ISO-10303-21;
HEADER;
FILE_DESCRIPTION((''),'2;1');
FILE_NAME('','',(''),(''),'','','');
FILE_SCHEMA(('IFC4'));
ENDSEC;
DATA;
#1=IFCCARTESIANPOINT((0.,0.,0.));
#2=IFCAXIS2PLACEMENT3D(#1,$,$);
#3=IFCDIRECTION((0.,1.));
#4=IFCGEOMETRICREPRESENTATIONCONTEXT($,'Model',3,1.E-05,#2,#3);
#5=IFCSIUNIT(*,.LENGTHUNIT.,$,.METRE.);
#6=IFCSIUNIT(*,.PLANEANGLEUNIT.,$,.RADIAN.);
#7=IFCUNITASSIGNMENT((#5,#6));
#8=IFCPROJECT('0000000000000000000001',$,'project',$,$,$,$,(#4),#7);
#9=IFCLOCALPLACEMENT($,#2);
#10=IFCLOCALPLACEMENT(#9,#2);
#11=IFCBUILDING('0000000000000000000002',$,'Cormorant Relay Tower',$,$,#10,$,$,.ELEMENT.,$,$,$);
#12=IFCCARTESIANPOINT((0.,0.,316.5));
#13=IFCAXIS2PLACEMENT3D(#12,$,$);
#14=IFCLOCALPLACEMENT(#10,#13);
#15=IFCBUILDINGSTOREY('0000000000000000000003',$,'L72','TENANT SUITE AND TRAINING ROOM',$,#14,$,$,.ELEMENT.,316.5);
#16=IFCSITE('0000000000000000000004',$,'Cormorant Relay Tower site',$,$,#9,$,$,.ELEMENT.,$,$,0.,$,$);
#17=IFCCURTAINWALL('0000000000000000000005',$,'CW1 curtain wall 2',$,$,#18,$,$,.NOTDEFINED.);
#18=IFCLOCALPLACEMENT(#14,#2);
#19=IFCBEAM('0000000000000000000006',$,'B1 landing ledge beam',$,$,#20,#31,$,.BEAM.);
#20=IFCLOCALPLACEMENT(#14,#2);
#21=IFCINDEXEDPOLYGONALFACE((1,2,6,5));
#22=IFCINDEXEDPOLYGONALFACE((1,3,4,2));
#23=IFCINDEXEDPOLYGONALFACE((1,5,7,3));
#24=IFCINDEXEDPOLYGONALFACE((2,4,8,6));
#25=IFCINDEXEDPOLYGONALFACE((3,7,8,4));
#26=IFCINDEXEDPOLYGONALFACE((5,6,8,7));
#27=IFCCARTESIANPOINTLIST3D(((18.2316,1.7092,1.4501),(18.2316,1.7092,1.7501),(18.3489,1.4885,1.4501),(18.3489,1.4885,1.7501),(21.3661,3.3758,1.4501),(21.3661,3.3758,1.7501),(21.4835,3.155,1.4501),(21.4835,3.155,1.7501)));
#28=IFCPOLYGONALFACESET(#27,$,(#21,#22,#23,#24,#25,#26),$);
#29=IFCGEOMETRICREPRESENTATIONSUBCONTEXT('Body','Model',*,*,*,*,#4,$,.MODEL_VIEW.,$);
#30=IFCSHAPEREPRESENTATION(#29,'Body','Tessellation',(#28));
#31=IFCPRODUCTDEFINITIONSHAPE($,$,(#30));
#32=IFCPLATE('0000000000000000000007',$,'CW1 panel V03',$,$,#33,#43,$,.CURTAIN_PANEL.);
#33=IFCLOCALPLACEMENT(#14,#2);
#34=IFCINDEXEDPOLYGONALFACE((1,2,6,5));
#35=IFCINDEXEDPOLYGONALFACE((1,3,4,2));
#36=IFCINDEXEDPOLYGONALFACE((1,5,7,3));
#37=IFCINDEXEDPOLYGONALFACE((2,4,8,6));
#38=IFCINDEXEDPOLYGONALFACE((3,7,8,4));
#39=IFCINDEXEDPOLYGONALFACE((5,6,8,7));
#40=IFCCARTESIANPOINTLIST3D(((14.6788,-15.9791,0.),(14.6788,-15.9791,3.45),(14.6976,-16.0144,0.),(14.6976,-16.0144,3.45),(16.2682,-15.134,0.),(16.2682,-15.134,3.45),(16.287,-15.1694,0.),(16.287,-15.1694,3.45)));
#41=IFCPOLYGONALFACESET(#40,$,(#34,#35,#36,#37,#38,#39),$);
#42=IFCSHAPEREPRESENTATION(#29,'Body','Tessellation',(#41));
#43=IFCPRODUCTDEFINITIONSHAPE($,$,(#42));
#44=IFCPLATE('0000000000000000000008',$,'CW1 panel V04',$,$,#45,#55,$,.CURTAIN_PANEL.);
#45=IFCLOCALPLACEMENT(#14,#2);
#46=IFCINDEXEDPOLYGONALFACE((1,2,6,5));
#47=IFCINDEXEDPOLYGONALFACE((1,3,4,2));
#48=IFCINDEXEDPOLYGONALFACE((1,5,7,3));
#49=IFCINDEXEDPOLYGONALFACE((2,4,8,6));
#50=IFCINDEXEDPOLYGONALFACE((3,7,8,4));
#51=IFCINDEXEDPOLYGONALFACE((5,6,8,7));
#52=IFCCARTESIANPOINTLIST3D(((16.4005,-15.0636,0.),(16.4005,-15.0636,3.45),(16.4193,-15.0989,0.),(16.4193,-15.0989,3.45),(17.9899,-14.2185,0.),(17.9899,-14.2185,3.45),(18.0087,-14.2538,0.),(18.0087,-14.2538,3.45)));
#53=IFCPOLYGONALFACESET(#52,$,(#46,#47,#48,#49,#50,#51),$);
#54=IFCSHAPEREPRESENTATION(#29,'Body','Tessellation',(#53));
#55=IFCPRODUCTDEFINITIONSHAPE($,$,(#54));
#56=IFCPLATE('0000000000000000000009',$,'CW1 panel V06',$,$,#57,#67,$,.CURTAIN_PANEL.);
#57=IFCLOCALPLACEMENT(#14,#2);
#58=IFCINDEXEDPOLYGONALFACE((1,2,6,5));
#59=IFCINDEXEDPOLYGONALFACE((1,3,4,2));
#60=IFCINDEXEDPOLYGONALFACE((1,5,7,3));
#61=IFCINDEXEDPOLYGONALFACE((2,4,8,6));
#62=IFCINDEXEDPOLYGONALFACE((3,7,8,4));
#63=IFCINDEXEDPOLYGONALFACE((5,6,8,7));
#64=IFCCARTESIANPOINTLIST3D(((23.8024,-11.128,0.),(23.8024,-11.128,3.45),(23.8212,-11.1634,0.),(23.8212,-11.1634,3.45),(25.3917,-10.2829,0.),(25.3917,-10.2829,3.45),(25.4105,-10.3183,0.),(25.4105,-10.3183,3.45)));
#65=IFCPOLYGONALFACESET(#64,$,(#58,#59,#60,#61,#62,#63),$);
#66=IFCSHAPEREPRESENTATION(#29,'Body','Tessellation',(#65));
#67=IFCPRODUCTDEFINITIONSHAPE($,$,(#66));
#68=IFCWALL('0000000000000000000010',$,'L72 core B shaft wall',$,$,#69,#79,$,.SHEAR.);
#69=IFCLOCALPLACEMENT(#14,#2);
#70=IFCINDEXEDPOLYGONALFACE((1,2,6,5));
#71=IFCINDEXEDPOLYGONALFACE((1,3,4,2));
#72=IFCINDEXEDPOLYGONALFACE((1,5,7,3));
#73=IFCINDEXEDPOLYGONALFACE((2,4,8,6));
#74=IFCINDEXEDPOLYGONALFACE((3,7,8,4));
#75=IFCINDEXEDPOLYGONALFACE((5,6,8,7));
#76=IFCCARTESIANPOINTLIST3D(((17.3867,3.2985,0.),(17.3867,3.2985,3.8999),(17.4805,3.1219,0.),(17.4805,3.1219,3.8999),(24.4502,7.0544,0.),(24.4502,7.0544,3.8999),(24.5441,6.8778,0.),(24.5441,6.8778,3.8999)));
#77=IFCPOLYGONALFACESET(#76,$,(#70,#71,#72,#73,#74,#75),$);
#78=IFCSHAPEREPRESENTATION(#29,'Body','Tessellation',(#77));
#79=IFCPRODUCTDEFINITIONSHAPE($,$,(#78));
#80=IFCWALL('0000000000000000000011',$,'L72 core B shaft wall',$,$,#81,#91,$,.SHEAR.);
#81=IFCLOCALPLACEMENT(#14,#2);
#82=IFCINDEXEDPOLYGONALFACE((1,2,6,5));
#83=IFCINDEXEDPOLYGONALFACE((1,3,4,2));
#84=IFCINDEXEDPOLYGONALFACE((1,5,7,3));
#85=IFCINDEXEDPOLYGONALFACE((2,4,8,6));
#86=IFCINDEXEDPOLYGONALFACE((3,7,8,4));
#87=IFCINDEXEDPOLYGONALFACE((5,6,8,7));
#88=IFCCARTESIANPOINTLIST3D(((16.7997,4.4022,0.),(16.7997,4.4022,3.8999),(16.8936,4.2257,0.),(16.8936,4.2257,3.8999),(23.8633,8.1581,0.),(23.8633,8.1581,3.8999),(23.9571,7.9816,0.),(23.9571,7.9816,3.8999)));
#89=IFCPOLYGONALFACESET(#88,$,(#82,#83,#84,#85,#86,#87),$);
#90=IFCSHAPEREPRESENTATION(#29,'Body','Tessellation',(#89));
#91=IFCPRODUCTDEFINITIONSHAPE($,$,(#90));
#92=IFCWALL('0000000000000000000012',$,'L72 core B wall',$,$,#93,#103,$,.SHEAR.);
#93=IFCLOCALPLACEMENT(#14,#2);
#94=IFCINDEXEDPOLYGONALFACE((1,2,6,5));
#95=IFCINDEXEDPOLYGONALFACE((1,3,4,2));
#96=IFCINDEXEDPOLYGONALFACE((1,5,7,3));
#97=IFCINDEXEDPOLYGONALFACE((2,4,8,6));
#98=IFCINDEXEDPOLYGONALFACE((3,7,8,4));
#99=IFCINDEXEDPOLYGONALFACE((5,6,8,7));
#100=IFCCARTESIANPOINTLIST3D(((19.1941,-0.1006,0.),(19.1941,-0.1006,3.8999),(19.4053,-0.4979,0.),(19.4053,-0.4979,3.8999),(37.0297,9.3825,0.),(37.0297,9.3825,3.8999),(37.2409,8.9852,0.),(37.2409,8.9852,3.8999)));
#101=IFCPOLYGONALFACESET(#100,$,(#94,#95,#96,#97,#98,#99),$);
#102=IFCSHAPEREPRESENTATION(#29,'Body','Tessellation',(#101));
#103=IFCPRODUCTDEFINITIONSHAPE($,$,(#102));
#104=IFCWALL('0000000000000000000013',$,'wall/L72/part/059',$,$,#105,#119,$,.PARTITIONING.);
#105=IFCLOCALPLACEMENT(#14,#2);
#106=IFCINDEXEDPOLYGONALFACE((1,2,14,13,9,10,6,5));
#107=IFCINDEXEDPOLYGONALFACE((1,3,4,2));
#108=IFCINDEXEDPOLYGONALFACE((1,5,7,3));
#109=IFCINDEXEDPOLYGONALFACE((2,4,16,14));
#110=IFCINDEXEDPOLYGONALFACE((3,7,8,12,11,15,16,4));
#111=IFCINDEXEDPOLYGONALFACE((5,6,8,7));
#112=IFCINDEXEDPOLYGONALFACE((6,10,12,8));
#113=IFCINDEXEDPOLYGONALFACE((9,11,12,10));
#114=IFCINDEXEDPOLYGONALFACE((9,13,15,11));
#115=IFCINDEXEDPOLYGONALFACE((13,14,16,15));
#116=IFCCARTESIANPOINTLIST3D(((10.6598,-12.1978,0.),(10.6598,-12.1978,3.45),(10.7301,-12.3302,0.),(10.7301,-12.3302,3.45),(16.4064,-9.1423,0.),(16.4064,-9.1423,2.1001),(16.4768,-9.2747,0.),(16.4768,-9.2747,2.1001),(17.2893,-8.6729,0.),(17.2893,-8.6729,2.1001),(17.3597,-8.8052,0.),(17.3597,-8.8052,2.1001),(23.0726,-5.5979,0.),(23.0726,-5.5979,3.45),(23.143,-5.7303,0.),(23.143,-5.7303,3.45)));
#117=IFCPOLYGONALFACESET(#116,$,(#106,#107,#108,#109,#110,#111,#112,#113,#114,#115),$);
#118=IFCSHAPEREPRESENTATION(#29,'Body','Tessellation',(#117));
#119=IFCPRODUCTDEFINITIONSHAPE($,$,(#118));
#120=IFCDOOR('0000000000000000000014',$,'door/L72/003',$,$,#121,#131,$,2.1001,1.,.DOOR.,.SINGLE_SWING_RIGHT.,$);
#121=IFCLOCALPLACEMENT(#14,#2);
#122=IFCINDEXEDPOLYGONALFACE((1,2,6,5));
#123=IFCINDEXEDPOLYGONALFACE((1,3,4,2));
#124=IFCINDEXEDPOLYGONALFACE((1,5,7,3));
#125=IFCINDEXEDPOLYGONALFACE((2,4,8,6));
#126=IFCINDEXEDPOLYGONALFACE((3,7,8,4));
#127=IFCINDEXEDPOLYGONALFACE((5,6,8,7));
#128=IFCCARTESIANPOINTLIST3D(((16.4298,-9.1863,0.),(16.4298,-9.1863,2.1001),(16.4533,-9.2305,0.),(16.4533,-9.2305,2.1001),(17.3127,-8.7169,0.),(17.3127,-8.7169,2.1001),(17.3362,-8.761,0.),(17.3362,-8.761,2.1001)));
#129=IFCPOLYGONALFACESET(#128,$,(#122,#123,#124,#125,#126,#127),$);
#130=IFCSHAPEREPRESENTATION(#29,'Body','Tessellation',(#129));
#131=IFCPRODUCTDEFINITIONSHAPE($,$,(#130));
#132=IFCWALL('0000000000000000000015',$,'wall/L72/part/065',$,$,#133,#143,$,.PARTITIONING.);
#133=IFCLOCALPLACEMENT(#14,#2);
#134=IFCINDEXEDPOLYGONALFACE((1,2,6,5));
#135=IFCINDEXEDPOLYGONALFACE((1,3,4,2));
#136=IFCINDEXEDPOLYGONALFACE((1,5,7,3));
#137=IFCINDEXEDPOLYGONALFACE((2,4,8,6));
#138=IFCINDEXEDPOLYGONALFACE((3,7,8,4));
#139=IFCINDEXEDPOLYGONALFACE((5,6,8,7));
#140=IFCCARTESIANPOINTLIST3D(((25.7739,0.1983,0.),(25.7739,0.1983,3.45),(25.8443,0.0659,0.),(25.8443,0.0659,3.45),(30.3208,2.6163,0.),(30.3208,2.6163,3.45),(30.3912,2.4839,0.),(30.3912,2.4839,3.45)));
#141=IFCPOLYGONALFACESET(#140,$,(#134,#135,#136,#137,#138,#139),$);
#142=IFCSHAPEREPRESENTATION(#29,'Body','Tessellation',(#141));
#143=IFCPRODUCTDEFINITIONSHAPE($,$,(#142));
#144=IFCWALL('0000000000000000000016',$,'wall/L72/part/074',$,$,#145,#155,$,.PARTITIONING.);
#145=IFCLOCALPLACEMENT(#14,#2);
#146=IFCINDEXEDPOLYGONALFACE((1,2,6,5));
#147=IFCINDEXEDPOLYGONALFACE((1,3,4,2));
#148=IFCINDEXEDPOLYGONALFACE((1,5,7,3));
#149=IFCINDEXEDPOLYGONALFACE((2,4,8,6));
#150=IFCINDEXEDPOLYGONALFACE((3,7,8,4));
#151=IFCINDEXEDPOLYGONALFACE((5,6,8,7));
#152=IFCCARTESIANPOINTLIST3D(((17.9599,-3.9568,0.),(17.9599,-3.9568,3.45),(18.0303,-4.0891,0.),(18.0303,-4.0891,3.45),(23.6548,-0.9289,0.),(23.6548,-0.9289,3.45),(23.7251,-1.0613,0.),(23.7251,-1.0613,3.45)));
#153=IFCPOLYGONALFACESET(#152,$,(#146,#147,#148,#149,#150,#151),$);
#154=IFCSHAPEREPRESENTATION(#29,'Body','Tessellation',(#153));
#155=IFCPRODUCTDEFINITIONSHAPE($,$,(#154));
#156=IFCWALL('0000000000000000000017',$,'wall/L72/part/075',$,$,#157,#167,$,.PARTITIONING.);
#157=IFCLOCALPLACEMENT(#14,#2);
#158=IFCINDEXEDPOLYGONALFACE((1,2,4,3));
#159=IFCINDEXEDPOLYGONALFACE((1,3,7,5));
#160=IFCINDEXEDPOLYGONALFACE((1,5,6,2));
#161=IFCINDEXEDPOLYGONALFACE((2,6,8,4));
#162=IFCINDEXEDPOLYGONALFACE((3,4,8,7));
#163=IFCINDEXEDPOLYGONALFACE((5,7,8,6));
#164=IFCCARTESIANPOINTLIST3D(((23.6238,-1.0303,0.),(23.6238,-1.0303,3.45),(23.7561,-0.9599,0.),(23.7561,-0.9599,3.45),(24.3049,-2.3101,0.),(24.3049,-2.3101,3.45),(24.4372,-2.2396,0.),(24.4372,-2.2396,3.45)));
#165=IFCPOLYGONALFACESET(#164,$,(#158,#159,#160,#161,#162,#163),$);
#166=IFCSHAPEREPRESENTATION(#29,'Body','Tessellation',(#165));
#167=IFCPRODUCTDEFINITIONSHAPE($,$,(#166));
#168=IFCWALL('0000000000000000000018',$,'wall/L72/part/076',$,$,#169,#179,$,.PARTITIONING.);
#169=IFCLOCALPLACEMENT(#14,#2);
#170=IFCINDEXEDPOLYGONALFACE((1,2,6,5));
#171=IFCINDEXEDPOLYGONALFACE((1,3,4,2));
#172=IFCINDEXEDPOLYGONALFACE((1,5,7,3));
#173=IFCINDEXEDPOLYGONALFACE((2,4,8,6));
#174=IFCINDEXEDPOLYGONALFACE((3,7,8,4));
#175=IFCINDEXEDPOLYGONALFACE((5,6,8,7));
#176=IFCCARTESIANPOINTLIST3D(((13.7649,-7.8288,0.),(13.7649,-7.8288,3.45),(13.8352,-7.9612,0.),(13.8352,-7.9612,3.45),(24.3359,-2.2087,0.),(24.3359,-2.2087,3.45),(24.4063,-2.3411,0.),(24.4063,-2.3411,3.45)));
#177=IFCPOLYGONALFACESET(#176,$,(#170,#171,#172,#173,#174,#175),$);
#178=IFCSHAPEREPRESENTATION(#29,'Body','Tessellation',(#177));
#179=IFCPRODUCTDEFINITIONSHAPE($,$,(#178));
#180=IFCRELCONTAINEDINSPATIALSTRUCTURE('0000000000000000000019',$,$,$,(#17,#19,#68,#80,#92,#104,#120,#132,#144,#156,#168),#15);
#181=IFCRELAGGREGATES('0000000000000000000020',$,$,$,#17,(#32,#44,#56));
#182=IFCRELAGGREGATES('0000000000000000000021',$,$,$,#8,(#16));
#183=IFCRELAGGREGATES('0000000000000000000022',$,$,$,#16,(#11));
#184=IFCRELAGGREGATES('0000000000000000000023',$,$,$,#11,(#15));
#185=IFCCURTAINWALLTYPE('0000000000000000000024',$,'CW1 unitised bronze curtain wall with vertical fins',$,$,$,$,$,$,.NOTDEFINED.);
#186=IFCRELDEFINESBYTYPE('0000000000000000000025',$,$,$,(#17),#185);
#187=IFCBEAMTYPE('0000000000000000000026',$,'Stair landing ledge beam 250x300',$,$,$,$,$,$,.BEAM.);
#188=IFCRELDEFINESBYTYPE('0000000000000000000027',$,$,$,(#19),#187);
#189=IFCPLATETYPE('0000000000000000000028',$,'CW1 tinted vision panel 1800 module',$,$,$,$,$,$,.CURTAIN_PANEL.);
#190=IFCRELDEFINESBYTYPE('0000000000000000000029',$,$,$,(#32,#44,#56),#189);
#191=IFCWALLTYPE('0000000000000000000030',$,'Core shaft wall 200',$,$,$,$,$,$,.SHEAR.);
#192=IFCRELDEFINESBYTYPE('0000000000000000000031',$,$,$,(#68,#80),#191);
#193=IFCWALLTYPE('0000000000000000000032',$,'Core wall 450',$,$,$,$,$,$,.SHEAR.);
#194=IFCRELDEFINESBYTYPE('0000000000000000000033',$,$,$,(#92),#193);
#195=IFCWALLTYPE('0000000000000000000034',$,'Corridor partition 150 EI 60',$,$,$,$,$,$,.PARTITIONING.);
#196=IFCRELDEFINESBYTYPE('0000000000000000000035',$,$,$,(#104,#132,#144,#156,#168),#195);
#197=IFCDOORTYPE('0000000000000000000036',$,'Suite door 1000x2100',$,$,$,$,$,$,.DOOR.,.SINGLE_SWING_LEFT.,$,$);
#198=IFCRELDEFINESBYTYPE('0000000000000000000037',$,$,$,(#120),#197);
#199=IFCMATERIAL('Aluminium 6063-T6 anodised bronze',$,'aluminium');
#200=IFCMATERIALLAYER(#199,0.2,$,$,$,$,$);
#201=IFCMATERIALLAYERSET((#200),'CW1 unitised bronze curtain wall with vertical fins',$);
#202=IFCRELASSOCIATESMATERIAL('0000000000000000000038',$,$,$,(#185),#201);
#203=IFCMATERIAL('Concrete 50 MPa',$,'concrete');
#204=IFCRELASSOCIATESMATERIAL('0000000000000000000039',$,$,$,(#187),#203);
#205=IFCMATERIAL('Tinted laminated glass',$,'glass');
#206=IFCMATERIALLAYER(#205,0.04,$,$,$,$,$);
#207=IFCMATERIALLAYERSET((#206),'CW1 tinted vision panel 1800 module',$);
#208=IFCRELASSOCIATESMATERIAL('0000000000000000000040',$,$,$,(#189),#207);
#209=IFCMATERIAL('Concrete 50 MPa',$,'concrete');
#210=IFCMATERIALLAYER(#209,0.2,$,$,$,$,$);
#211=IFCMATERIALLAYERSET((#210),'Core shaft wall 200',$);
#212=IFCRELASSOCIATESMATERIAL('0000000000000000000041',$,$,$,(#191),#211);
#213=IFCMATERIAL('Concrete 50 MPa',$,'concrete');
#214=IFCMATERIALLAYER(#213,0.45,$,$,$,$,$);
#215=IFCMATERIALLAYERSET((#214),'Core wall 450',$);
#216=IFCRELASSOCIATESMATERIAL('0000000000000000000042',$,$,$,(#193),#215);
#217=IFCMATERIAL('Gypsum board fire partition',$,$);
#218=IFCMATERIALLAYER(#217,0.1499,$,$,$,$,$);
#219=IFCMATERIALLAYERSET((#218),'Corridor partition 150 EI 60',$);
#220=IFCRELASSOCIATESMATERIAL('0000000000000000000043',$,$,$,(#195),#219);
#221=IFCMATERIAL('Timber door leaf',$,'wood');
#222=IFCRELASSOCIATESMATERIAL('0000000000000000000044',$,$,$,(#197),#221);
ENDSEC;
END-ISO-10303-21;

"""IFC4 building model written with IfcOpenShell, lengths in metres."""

from ifc_helpers import new_model, si_unit, direction, frame, frame_2d, origin, origin_2d, place, context, subcontext, project, spatial, rectangle, extrude, material, layer, layer_set, material_profile, profile_set, type_object, element, fill, aggregate, save


model = new_model("IFC4")

# Units and contexts
model_context = context("Model", 3, precision=1e-05, world=origin(), true_north=direction((0.0, 1.0)))
body_context = subcontext(model_context, "Body", "Model", "MODEL_VIEW")
ifc_project = project(units=[si_unit("LENGTHUNIT", "METRE"), si_unit("PLANEANGLEUNIT", "RADIAN")], contexts=[model_context])

# Site, building, storey
site_placement = place(None, origin())
site = spatial("IfcSite", under=ifc_project, at=site_placement, Name="Cormorant Relay Tower site", CompositionType="ELEMENT", RefElevation=0.0)
building_placement = place(site_placement, origin())
building = spatial("IfcBuilding", under=site, at=building_placement, Name="Cormorant Relay Tower", CompositionType="ELEMENT")
storey_placement = place(building_placement, frame((0.0, 0.0, 316.5)))
storey = spatial("IfcBuildingStorey", under=building, at=storey_placement, Name="L72", Description="TENANT SUITE AND TRAINING ROOM", CompositionType="ELEMENT", Elevation=316.5)

# Curtain wall
ifc_material_1 = material(Name="Aluminium 6063-T6 anodised bronze", Category="aluminium")
ifc_layer_1 = layer(ifc_material_1, 0.2)
ifc_layer_set_1 = layer_set([ifc_layer_1], Name="CW1 unitised bronze curtain wall with vertical fins")
curtain_wall_type = type_object("IfcCurtainWallType", Name="CW1 unitised bronze curtain wall with vertical fins", PredefinedType="NOTDEFINED", material=ifc_layer_set_1)
curtain_wall_placement = place(storey_placement, origin())
curtain_wall = element("IfcCurtainWall", 1, at=curtain_wall_placement, inside=storey, type_object=curtain_wall_type, Name="CW1 curtain wall 2", PredefinedType="NOTDEFINED")

# Beam
ifc_material_2 = material(Name="Concrete 50 MPa", Category="concrete")
ifc_material_profile_1 = material_profile(ifc_material_2, rectangle(XDim=0.25, YDim=0.3, at=origin_2d()), Name="RC 250x300")
ifc_profile_set_1 = profile_set([ifc_material_profile_1], Name="Concrete 50 MPa")
beam_type_1 = type_object("IfcBeamType", Name="Stair landing ledge beam 250x300", PredefinedType="BEAM", material=ifc_profile_set_1)
beam_1_placement = place(storey_placement, frame((21.4248, 3.2654, 1.6001), z_axis=(-0.882965, -0.469438, 0.0), x_axis=(0.469438, -0.882965, 0.0)))
element("IfcBeam", 2, at=beam_1_placement, inside=storey, type_object=beam_type_1, Name="B1 landing ledge beam", PredefinedType="BEAM", context=body_context, shape_type="SweptSolid", body=[
    extrude(rectangle(XDim=0.25, YDim=0.3, at=origin_2d()), origin(), (0.0, 0.0, 1.0), 3.55),
])

# Plates
ifc_material_3 = material(Name="Tinted laminated glass", Category="glass")
ifc_layer_2 = layer(ifc_material_3, 0.04)
ifc_layer_set_2 = layer_set([ifc_layer_2], Name="CW1 tinted vision panel 1800 module")
plate_type = type_object("IfcPlateType", Name="CW1 tinted vision panel 1800 module", PredefinedType="CURTAIN_PANEL", material=ifc_layer_set_2)
plate_1_placement = place(storey_placement, frame((15.4829, -15.5742, 0.0), z_axis=(0.0, 0.0, 1.0), x_axis=(0.882948, 0.469472, 0.0)))
plate_1 = element("IfcPlate", 3, at=plate_1_placement, type_object=plate_type, Name="CW1 panel V03", PredefinedType="CURTAIN_PANEL", context=body_context, shape_type="SweptSolid", body=[
    extrude(rectangle(XDim=1.8, YDim=0.04, at=origin_2d()), origin(), (0.0, 0.0, 1.0), 3.45),
])
plate_2_placement = place(storey_placement, frame((17.2046, -14.6587, 0.0), z_axis=(0.0, 0.0, 1.0), x_axis=(0.882948, 0.469472, 0.0)))
plate_2 = element("IfcPlate", 4, at=plate_2_placement, type_object=plate_type, Name="CW1 panel V04", PredefinedType="CURTAIN_PANEL", context=body_context, shape_type="SweptSolid", body=[
    extrude(rectangle(XDim=1.8, YDim=0.04, at=origin_2d()), origin(), (0.0, 0.0, 1.0), 3.45),
])
plate_3_placement = place(storey_placement, frame((24.6064, -10.7231, 0.0), z_axis=(0.0, 0.0, 1.0), x_axis=(0.882948, 0.469472, 0.0)))
plate_3 = element("IfcPlate", 5, at=plate_3_placement, type_object=plate_type, Name="CW1 panel V06", PredefinedType="CURTAIN_PANEL", context=body_context, shape_type="SweptSolid", body=[
    extrude(rectangle(XDim=1.8, YDim=0.04, at=origin_2d()), origin(), (0.0, 0.0, 1.0), 3.45),
])

# Walls
ifc_material_4 = material(Name="Concrete 50 MPa", Category="concrete")
ifc_layer_3 = layer(ifc_material_4, 0.2)
ifc_layer_set_3 = layer_set([ifc_layer_3], Name="Core shaft wall 200")
wall_type_1 = type_object("IfcWallType", Name="Core shaft wall 200", PredefinedType="SHEAR", material=ifc_layer_set_3)
for number, where, z_axis, x_axis, name in (
    (6, (17.4336, 3.2102, 0.0), (0.0, 0.0, 1.0), (0.88294, 0.469485, 0.0), "L72 core B shaft wall"),
    (7, (16.8467, 4.314, 0.0), (0.0, 0.0, 1.0), (0.88294, 0.469485, 0.0), "L72 core B shaft wall"),
):
    element("IfcWall", number, at=place(storey_placement, frame(where, z_axis=z_axis, x_axis=x_axis)), inside=storey, type_object=wall_type_1, Name=name, PredefinedType="SHEAR", context=body_context, shape_type="SweptSolid", body=[
        extrude(rectangle(XDim=8.0, YDim=0.2, at=frame_2d((4.0, 0.0))), origin(), (0.0, 0.0, 1.0), 3.8999),
    ])

# Shared definitions
ifc_material_5 = material(Name="Concrete 50 MPa", Category="concrete")
ifc_layer_4 = layer(ifc_material_5, 0.45)
ifc_layer_set_4 = layer_set([ifc_layer_4], Name="Core wall 450")
wall_type_2 = type_object("IfcWallType", Name="Core wall 450", PredefinedType="SHEAR", material=ifc_layer_set_4)

# Wall
wall_1_placement = place(storey_placement, frame((19.2996, -0.2993, 0.0), z_axis=(0.0, 0.0, 1.0), x_axis=(0.882953, 0.469462, 0.0)))
element("IfcWall", 8, at=wall_1_placement, inside=storey, type_object=wall_type_2, Name="L72 core B wall", PredefinedType="SHEAR", context=body_context, shape_type="SweptSolid", body=[
    extrude(rectangle(XDim=20.2, YDim=0.45, at=frame_2d((10.1001, 0.0))), origin(), (0.0, 0.0, 1.0), 3.8999),
])

# Wall, opening, door
ifc_material_6 = material(Name="Gypsum board fire partition")
ifc_layer_5 = layer(ifc_material_6, 0.1499)
ifc_layer_set_5 = layer_set([ifc_layer_5], Name="Corridor partition 150 EI 60")
wall_type_3 = type_object("IfcWallType", Name="Corridor partition 150 EI 60", PredefinedType="PARTITIONING", material=ifc_layer_set_5)
wall_2_placement = place(storey_placement, frame((23.1079, -5.6641, 0.0), z_axis=(0.0, 0.0, 1.0), x_axis=(-0.882953, -0.469462, 0.0)))
wall_2 = element("IfcWall", 9, at=wall_2_placement, inside=storey, type_object=wall_type_3, Name="wall/L72/part/059", PredefinedType="PARTITIONING", context=body_context, shape_type="SweptSolid", body=[
    extrude(rectangle(XDim=14.0583, YDim=0.1499, at=frame_2d((7.0293, 0.0))), origin(), (0.0, 0.0, 1.0), 3.45),
])
opening_1_placement = place(wall_2_placement, frame((6.55, 0.0, 0.0)))
opening_1 = element("IfcOpeningElement", 10, at=opening_1_placement, cuts=wall_2, PredefinedType="OPENING", context=body_context, shape_type="SweptSolid", body=[
    extrude(rectangle(XDim=1.0, YDim=2.1001, at=frame_2d((0.5, 1.05))), frame((0.0, 0.085, 0.0), z_axis=(0.0, -1.0, 0.0), x_axis=(1.0, 0.0, 0.0)), (0.0, 0.0, 1.0), 0.1699),
])
ifc_material_7 = material(Name="Timber door leaf", Category="wood")
door_type_1 = type_object("IfcDoorType", Name="Suite door 1000x2100", OperationType="SINGLE_SWING_LEFT", PredefinedType="DOOR", material=ifc_material_7)
door_1_placement = place(opening_1_placement, origin())
door_1 = element("IfcDoor", 11, at=door_1_placement, inside=storey, type_object=door_type_1, Name="door/L72/003", OperationType="SINGLE_SWING_RIGHT", OverallHeight=2.1001, OverallWidth=1.0, PredefinedType="DOOR", context=body_context, shape_type="SweptSolid", body=[
    extrude(rectangle(XDim=1.0, YDim=2.1001, at=frame_2d((0.5, 1.05))), frame((0.0, 0.0249, 0.0), z_axis=(0.0, -1.0, 0.0), x_axis=(1.0, 0.0, 0.0)), (0.0, 0.0, 1.0), 0.05),
])
fill(opening_1, door_1)

# Walls
wall_3_placement = place(storey_placement, frame((25.8091, 0.1321, 0.0), z_axis=(0.0, 0.0, 1.0), x_axis=(0.882919, 0.469525, 0.0)))
element("IfcWall", 12, at=wall_3_placement, inside=storey, type_object=wall_type_3, Name="wall/L72/part/065", PredefinedType="PARTITIONING", context=body_context, shape_type="SweptSolid", body=[
    extrude(rectangle(XDim=5.1499, YDim=0.1499, at=frame_2d((2.575, 0.0))), origin(), (0.0, 0.0, 1.0), 3.45),
])
wall_4_placement = place(storey_placement, frame((17.9951, -4.0229, 0.0), z_axis=(0.0, 0.0, 1.0), x_axis=(0.882958, 0.469452, 0.0)))
element("IfcWall", 13, at=wall_4_placement, inside=storey, type_object=wall_type_3, Name="wall/L72/part/074", PredefinedType="PARTITIONING", context=body_context, shape_type="SweptSolid", body=[
    extrude(rectangle(XDim=6.4497, YDim=0.1499, at=frame_2d((3.2249, 0.0))), origin(), (0.0, 0.0, 1.0), 3.45),
])
wall_5_placement = place(storey_placement, frame((23.6899, -0.9951, 0.0), z_axis=(0.0, 0.0, 1.0), x_axis=(0.469836, -0.882754, 0.0)))
element("IfcWall", 14, at=wall_5_placement, inside=storey, type_object=wall_type_3, Name="wall/L72/part/075", PredefinedType="PARTITIONING", context=body_context, shape_type="SweptSolid", body=[
    extrude(rectangle(XDim=1.4497, YDim=0.1499, at=frame_2d((0.7249, 0.0))), origin(), (0.0, 0.0, 1.0), 3.45),
])
wall_6_placement = place(storey_placement, frame((24.3711, -2.2749, 0.0), z_axis=(0.0, 0.0, 1.0), x_axis=(-0.882969, -0.469432, 0.0)))
element("IfcWall", 15, at=wall_6_placement, inside=storey, type_object=wall_type_3, Name="wall/L72/part/076", PredefinedType="PARTITIONING", context=body_context, shape_type="SweptSolid", body=[
    extrude(rectangle(XDim=11.9722, YDim=0.1499, at=frame_2d((5.9861, 0.0))), origin(), (0.0, 0.0, 1.0), 3.45),
])

aggregate(curtain_wall, [plate_1, plate_2, plate_3])

save(model, "model.ifc")
